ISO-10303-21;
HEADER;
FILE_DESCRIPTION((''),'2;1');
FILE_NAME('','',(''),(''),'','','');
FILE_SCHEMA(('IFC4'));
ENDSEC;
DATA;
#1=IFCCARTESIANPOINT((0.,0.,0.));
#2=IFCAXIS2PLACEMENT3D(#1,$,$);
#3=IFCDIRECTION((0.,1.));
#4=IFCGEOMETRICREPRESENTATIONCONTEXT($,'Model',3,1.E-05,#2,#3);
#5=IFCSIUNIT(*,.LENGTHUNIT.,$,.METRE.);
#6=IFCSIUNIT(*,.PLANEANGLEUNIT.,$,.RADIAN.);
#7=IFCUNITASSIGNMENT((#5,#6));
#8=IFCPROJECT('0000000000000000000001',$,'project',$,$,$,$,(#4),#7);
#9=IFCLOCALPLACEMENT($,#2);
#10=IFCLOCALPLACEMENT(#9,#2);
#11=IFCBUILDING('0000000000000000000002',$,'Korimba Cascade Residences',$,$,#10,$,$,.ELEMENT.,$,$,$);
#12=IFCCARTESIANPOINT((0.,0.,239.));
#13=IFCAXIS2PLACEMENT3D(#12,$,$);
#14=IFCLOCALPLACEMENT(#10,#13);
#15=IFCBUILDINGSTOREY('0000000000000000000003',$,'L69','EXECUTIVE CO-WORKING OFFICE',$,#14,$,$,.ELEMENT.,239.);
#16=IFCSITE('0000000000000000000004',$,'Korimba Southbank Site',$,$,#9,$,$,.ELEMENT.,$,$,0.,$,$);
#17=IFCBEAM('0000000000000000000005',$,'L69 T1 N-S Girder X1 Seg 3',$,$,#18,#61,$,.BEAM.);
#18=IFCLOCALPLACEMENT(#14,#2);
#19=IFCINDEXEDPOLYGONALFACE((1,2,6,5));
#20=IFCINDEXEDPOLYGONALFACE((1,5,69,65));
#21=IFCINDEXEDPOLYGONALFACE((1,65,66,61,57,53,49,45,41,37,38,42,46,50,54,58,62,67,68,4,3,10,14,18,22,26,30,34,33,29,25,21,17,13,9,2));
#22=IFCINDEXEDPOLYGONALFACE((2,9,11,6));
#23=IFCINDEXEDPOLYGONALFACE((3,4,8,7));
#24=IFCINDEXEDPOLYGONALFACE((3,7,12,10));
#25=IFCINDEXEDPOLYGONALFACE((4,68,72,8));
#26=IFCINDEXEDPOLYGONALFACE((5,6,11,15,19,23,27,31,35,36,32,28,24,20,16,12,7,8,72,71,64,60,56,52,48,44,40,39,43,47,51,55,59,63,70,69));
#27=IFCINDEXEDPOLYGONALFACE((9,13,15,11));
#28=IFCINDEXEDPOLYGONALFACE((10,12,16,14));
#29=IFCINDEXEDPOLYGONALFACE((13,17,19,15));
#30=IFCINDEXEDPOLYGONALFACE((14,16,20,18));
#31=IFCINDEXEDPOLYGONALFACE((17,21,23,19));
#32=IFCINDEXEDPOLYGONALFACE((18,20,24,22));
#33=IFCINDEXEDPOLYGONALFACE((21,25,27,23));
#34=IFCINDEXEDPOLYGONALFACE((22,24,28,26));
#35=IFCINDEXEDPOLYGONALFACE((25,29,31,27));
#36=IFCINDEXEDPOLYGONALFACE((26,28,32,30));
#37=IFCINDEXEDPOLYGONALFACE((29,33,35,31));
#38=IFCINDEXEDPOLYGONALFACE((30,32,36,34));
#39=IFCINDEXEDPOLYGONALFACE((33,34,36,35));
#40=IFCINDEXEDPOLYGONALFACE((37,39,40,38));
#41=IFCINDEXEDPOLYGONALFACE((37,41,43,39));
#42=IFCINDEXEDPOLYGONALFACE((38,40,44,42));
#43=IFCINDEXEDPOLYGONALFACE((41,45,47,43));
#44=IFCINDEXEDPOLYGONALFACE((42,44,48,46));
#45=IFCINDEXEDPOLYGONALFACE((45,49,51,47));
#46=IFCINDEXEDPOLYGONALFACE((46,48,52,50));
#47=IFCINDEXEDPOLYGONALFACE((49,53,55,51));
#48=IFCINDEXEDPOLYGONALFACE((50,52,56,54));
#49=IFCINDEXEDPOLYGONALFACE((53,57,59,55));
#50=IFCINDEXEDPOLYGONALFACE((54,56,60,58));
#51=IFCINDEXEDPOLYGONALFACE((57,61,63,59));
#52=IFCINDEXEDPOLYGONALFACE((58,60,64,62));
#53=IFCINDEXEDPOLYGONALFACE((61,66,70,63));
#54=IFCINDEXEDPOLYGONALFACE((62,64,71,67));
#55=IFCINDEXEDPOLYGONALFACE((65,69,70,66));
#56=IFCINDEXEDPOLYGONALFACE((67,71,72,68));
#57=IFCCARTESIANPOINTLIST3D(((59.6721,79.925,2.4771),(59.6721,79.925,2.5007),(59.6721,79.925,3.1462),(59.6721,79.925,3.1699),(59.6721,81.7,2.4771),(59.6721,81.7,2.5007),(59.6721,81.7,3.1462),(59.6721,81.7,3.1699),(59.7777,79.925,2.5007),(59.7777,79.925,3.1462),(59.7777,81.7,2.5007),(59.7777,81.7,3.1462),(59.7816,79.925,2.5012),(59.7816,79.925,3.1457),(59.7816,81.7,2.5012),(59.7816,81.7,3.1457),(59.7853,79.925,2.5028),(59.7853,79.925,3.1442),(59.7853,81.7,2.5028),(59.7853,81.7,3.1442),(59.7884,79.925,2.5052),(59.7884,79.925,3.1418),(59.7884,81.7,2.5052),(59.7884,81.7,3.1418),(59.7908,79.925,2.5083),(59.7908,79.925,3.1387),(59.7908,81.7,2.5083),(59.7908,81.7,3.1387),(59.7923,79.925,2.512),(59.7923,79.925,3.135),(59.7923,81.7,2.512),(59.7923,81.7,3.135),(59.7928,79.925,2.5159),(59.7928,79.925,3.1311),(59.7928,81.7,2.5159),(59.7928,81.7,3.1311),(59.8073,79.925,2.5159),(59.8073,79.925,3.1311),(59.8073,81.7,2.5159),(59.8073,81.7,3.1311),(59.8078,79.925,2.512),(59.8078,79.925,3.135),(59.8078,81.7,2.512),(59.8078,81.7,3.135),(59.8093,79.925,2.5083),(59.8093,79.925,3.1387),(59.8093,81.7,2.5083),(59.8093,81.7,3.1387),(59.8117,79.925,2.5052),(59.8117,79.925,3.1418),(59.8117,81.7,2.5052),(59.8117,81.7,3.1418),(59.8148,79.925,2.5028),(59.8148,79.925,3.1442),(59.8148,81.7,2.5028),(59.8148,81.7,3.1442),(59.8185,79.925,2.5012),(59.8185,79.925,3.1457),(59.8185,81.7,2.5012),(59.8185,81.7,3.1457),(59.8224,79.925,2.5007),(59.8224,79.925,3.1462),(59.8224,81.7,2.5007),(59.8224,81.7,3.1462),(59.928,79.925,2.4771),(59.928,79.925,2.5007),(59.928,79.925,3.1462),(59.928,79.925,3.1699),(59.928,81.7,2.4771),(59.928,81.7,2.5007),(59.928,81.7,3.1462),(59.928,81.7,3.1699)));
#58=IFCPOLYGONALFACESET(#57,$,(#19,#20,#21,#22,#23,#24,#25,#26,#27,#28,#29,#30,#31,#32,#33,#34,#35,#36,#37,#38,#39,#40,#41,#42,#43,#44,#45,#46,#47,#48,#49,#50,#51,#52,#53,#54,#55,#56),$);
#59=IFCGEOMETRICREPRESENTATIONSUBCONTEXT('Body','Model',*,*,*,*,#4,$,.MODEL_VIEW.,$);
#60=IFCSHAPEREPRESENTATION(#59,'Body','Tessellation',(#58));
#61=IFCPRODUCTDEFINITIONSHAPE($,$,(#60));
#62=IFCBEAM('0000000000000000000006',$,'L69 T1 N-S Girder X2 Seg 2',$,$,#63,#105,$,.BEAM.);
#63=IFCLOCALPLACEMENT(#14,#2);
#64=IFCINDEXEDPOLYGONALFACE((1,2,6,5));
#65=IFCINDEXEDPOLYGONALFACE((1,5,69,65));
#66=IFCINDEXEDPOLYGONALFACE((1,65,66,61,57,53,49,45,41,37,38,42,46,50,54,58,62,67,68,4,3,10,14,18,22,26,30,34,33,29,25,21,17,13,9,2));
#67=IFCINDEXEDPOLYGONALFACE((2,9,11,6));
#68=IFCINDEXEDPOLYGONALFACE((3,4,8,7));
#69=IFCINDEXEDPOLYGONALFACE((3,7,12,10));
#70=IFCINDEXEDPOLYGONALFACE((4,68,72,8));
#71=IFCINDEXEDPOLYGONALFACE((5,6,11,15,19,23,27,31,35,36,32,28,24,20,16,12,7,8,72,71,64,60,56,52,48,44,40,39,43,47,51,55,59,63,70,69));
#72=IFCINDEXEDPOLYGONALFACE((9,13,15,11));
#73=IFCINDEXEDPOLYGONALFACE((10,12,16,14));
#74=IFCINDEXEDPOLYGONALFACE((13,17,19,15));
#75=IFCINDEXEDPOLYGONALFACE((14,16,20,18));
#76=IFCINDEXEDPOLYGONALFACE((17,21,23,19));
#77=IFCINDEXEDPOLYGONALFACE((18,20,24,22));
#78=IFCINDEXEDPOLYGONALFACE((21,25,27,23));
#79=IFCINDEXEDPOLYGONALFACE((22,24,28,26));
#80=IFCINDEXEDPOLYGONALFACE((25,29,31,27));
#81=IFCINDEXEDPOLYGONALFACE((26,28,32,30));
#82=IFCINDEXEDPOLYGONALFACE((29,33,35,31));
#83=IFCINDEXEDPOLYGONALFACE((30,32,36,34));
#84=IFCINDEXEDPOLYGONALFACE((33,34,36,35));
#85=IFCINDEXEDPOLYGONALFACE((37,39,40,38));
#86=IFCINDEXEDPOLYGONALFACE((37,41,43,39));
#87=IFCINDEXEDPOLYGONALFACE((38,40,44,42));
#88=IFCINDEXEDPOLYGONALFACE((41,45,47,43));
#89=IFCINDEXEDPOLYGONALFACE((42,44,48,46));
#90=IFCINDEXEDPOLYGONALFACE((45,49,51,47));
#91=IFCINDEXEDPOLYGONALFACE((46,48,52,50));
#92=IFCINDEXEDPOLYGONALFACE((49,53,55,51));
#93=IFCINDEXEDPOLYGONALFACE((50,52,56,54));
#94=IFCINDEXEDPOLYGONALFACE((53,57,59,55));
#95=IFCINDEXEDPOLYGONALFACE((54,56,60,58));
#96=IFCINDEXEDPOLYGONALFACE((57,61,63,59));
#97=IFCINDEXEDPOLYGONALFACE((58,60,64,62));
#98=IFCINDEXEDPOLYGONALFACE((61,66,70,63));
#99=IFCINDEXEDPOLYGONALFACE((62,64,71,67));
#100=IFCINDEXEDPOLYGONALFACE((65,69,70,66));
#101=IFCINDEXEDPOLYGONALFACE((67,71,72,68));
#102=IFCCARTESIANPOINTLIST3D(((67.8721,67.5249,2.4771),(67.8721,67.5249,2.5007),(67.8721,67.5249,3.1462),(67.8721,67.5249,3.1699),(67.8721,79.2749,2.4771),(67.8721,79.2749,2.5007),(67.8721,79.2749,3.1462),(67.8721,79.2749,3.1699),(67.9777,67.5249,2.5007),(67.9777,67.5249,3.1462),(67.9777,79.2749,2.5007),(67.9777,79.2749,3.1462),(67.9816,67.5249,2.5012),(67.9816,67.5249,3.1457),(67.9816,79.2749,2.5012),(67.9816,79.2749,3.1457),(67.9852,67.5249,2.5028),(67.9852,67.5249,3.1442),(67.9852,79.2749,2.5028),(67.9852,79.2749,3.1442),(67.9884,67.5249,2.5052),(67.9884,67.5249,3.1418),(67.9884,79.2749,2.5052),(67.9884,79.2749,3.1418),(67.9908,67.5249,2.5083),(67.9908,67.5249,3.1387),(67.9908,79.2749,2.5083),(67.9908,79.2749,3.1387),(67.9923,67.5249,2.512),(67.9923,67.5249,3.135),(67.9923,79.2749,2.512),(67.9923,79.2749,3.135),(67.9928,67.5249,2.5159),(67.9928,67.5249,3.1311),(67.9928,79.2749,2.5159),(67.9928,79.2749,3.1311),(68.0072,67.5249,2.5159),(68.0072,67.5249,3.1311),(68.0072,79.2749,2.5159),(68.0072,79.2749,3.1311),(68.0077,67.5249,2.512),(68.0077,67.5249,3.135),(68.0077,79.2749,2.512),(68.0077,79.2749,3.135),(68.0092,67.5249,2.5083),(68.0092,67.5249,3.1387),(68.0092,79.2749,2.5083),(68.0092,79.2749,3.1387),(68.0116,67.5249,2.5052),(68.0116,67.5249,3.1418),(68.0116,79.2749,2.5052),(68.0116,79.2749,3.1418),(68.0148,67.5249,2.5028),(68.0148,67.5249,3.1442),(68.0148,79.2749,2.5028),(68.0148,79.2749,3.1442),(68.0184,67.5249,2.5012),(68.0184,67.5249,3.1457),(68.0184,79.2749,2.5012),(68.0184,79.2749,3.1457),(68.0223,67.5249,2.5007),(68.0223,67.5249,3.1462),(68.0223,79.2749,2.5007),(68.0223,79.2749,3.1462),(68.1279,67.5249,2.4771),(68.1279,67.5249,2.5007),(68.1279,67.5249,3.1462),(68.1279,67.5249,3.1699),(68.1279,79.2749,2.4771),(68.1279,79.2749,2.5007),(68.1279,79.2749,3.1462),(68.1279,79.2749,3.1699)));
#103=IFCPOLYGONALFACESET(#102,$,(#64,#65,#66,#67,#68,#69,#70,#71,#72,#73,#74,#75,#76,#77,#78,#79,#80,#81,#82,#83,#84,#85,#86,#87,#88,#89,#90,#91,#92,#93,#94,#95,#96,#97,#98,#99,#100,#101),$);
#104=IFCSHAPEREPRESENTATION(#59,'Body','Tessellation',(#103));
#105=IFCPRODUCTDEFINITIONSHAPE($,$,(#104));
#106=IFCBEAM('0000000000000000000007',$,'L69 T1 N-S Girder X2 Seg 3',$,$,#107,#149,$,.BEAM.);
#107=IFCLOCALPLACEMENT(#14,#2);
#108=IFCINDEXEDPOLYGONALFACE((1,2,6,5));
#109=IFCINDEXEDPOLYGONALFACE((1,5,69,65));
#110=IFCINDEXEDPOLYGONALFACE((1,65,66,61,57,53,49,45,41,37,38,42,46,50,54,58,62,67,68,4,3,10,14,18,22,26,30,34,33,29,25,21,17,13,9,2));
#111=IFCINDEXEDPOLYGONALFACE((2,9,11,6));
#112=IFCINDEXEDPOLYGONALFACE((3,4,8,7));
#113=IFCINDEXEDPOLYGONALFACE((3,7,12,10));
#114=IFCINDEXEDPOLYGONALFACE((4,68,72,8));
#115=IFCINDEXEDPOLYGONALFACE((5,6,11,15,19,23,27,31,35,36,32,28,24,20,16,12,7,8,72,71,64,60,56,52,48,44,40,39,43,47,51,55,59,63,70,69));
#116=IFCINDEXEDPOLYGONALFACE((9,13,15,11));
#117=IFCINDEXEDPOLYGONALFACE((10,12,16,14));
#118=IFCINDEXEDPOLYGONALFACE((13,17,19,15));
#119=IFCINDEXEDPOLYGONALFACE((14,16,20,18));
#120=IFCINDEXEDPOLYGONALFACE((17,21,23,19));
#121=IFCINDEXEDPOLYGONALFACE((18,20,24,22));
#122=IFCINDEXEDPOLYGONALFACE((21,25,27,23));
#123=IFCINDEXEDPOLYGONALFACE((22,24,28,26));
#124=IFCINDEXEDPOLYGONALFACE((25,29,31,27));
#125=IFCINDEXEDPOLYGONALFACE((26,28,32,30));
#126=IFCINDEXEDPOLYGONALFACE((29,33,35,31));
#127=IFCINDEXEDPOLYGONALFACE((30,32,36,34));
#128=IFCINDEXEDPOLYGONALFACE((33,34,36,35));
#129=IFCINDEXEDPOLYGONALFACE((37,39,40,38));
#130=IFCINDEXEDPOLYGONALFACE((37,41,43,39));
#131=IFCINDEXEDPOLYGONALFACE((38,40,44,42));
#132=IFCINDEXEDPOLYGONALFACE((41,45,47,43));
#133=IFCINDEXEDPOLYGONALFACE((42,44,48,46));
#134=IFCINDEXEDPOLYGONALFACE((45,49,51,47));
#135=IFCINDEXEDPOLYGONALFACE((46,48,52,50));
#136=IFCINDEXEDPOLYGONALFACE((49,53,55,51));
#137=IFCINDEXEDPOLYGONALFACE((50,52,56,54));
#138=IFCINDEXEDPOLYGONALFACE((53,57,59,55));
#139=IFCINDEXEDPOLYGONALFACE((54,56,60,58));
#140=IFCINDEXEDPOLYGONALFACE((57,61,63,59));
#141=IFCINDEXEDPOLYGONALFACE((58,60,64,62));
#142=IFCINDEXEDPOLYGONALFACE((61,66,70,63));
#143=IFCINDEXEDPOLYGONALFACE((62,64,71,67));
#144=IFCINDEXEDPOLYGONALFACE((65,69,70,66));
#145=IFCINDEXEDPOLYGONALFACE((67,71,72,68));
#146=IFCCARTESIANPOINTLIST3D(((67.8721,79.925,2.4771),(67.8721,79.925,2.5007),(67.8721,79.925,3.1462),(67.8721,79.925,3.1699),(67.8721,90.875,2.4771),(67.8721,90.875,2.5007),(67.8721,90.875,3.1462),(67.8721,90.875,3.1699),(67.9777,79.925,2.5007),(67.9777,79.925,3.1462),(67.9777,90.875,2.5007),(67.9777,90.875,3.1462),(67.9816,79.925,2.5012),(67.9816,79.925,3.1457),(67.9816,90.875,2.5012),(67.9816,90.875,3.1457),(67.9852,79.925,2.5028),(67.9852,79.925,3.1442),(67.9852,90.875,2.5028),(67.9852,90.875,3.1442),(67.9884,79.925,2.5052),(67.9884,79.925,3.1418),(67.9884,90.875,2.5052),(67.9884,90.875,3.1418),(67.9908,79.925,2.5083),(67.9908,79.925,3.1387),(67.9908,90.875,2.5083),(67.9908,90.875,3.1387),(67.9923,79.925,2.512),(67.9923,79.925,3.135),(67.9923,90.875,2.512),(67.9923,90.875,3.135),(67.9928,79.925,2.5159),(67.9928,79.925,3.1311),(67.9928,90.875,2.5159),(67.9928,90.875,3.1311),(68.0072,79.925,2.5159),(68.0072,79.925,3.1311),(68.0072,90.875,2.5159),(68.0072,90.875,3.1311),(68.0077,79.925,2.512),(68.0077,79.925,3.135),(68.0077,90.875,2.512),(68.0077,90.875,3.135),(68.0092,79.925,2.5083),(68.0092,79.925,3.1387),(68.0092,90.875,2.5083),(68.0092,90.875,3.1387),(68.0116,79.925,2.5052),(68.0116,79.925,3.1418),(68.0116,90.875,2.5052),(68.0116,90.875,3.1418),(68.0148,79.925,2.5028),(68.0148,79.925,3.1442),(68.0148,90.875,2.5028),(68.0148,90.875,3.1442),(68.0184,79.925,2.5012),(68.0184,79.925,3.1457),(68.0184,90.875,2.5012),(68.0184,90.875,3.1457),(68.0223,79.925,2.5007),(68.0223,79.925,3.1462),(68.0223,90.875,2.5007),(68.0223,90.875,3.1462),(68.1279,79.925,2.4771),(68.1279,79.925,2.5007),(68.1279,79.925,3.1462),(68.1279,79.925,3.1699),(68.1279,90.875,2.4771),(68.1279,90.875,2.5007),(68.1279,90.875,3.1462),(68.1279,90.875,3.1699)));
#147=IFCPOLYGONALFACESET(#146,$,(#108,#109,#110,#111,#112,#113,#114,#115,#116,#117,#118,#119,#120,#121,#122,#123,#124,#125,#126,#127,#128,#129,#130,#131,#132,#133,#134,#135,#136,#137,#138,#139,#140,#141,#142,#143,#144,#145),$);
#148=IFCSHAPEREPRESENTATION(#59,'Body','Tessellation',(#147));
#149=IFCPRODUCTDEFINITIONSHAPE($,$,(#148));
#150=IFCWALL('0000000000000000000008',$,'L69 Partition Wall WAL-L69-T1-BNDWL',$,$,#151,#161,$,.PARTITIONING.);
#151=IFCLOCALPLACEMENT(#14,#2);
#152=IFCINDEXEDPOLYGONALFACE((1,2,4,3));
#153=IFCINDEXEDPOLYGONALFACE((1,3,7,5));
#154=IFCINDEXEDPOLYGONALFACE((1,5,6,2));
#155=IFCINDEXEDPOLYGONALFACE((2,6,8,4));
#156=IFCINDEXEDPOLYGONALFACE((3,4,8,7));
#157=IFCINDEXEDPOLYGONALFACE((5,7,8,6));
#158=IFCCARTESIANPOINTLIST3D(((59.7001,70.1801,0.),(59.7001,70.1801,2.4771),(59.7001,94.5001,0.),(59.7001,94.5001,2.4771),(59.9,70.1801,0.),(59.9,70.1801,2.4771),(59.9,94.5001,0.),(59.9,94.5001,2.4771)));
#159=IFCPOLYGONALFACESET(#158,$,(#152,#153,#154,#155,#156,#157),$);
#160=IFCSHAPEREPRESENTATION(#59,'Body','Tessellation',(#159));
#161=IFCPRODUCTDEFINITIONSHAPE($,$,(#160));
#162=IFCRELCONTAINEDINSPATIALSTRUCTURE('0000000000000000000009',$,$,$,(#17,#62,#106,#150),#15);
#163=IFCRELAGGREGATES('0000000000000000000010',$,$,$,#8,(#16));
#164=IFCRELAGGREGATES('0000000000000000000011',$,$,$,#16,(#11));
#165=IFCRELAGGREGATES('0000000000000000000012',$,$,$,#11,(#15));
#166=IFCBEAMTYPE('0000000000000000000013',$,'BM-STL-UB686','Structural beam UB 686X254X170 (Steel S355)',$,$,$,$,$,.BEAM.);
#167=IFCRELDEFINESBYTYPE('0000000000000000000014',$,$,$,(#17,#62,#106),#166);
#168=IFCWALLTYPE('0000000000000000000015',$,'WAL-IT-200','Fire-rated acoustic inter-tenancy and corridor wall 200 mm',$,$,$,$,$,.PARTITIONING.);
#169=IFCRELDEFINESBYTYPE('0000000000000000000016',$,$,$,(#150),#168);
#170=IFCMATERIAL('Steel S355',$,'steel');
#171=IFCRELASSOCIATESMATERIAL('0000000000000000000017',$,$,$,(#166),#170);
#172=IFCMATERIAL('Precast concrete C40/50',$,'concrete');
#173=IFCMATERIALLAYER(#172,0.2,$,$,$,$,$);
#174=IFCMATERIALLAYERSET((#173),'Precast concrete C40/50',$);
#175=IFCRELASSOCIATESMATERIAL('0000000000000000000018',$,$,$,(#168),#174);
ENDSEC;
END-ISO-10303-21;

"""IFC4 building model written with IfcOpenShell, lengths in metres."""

from ifc_helpers import new_model, si_unit, direction, frame, frame_2d, origin, origin_2d, place, context, subcontext, project, spatial, rectangle, i_section, extrude, material, layer, layer_set, material_profile, profile_set, type_object, element, save


model = new_model("IFC4")

# Units and contexts
model_context = context("Model", 3, precision=1e-05, world=origin(), true_north=direction((0.0, 1.0)))
body_context = subcontext(model_context, "Body", "Model", "MODEL_VIEW")
ifc_project = project(units=[si_unit("LENGTHUNIT", "METRE"), si_unit("PLANEANGLEUNIT", "RADIAN")], contexts=[model_context])

# Site, building, storey
site_placement = place(None, origin())
site = spatial("IfcSite", under=ifc_project, at=site_placement, Name="Korimba Southbank Site", CompositionType="ELEMENT", RefElevation=0.0)
building_placement = place(site_placement, origin())
building = spatial("IfcBuilding", under=site, at=building_placement, Name="Korimba Cascade Residences", CompositionType="ELEMENT")
storey_placement = place(building_placement, frame((0.0, 0.0, 239.0)))
storey = spatial("IfcBuildingStorey", under=building, at=storey_placement, Name="L69", Description="EXECUTIVE CO-WORKING OFFICE", CompositionType="ELEMENT", Elevation=239.0)

# Beams
ifc_material_1 = material(Name="Steel S355", Category="steel")
ifc_material_profile_1 = material_profile(ifc_material_1, i_section(OverallWidth=0.2559, OverallDepth=0.6929, WebThickness=0.0144, FlangeThickness=0.0237, FilletRadius=0.0151, at=origin_2d()), Name="Steel S355")
ifc_profile_set_1 = profile_set([ifc_material_profile_1], Name="Steel S355")
beam_type_1 = type_object("IfcBeamType", Name="BM-STL-UB686", Description="Structural beam UB 686X254X170 (Steel S355)", PredefinedType="BEAM", material=ifc_profile_set_1)
beam_1_placement = place(storey_placement, frame((59.8, 79.925, 2.8235), z_axis=(0.0, 1.0, 0.0), x_axis=(-1.0, 0.0, 0.0)))
element("IfcBeam", 1, at=beam_1_placement, inside=storey, type_object=beam_type_1, Name="L69 T1 N-S Girder X1 Seg 3", PredefinedType="BEAM", context=body_context, shape_type="SweptSolid", body=[
    extrude(i_section(OverallWidth=0.2559, OverallDepth=0.6929, WebThickness=0.0144, FlangeThickness=0.0237, FilletRadius=0.0151, at=origin_2d()), origin(), (0.0, 0.0, 1.0), 1.7749),
])
beam_2_placement = place(storey_placement, frame((68.0, 67.5249, 2.8235), z_axis=(0.0, 1.0, 0.0), x_axis=(-1.0, 0.0, 0.0)))
element("IfcBeam", 2, at=beam_2_placement, inside=storey, type_object=beam_type_1, Name="L69 T1 N-S Girder X2 Seg 2", PredefinedType="BEAM", context=body_context, shape_type="SweptSolid", body=[
    extrude(i_section(OverallWidth=0.2559, OverallDepth=0.6929, WebThickness=0.0144, FlangeThickness=0.0237, FilletRadius=0.0151, at=origin_2d()), origin(), (0.0, 0.0, 1.0), 11.75),
])
beam_3_placement = place(storey_placement, frame((68.0, 79.925, 2.8235), z_axis=(0.0, 1.0, 0.0), x_axis=(-1.0, 0.0, 0.0)))
element("IfcBeam", 3, at=beam_3_placement, inside=storey, type_object=beam_type_1, Name="L69 T1 N-S Girder X2 Seg 3", PredefinedType="BEAM", context=body_context, shape_type="SweptSolid", body=[
    extrude(i_section(OverallWidth=0.2559, OverallDepth=0.6929, WebThickness=0.0144, FlangeThickness=0.0237, FilletRadius=0.0151, at=origin_2d()), origin(), (0.0, 0.0, 1.0), 10.95),
])

# Wall
ifc_material_2 = material(Name="Precast concrete C40/50", Category="concrete")
ifc_layer_1 = layer(ifc_material_2, 0.2)
ifc_layer_set_1 = layer_set([ifc_layer_1], Name="Precast concrete C40/50")
wall_type_1 = type_object("IfcWallType", Name="WAL-IT-200", Description="Fire-rated acoustic inter-tenancy and corridor wall 200 mm", PredefinedType="PARTITIONING", material=ifc_layer_set_1)
wall_1_placement = place(storey_placement, frame((59.8, 70.1799, 0.0), z_axis=(0.0, 0.0, 1.0), x_axis=(0.0, 1.0, 0.0)))
element("IfcWall", 4, at=wall_1_placement, inside=storey, type_object=wall_type_1, Name="L69 Partition Wall WAL-L69-T1-BNDWL", PredefinedType="PARTITIONING", context=body_context, shape_type="SweptSolid", body=[
    extrude(rectangle(XDim=24.3201, YDim=0.2, at=frame_2d((12.1602, 0.0))), origin(), (0.0, 0.0, 1.0), 2.4771),
])

save(model, "model.ifc")
